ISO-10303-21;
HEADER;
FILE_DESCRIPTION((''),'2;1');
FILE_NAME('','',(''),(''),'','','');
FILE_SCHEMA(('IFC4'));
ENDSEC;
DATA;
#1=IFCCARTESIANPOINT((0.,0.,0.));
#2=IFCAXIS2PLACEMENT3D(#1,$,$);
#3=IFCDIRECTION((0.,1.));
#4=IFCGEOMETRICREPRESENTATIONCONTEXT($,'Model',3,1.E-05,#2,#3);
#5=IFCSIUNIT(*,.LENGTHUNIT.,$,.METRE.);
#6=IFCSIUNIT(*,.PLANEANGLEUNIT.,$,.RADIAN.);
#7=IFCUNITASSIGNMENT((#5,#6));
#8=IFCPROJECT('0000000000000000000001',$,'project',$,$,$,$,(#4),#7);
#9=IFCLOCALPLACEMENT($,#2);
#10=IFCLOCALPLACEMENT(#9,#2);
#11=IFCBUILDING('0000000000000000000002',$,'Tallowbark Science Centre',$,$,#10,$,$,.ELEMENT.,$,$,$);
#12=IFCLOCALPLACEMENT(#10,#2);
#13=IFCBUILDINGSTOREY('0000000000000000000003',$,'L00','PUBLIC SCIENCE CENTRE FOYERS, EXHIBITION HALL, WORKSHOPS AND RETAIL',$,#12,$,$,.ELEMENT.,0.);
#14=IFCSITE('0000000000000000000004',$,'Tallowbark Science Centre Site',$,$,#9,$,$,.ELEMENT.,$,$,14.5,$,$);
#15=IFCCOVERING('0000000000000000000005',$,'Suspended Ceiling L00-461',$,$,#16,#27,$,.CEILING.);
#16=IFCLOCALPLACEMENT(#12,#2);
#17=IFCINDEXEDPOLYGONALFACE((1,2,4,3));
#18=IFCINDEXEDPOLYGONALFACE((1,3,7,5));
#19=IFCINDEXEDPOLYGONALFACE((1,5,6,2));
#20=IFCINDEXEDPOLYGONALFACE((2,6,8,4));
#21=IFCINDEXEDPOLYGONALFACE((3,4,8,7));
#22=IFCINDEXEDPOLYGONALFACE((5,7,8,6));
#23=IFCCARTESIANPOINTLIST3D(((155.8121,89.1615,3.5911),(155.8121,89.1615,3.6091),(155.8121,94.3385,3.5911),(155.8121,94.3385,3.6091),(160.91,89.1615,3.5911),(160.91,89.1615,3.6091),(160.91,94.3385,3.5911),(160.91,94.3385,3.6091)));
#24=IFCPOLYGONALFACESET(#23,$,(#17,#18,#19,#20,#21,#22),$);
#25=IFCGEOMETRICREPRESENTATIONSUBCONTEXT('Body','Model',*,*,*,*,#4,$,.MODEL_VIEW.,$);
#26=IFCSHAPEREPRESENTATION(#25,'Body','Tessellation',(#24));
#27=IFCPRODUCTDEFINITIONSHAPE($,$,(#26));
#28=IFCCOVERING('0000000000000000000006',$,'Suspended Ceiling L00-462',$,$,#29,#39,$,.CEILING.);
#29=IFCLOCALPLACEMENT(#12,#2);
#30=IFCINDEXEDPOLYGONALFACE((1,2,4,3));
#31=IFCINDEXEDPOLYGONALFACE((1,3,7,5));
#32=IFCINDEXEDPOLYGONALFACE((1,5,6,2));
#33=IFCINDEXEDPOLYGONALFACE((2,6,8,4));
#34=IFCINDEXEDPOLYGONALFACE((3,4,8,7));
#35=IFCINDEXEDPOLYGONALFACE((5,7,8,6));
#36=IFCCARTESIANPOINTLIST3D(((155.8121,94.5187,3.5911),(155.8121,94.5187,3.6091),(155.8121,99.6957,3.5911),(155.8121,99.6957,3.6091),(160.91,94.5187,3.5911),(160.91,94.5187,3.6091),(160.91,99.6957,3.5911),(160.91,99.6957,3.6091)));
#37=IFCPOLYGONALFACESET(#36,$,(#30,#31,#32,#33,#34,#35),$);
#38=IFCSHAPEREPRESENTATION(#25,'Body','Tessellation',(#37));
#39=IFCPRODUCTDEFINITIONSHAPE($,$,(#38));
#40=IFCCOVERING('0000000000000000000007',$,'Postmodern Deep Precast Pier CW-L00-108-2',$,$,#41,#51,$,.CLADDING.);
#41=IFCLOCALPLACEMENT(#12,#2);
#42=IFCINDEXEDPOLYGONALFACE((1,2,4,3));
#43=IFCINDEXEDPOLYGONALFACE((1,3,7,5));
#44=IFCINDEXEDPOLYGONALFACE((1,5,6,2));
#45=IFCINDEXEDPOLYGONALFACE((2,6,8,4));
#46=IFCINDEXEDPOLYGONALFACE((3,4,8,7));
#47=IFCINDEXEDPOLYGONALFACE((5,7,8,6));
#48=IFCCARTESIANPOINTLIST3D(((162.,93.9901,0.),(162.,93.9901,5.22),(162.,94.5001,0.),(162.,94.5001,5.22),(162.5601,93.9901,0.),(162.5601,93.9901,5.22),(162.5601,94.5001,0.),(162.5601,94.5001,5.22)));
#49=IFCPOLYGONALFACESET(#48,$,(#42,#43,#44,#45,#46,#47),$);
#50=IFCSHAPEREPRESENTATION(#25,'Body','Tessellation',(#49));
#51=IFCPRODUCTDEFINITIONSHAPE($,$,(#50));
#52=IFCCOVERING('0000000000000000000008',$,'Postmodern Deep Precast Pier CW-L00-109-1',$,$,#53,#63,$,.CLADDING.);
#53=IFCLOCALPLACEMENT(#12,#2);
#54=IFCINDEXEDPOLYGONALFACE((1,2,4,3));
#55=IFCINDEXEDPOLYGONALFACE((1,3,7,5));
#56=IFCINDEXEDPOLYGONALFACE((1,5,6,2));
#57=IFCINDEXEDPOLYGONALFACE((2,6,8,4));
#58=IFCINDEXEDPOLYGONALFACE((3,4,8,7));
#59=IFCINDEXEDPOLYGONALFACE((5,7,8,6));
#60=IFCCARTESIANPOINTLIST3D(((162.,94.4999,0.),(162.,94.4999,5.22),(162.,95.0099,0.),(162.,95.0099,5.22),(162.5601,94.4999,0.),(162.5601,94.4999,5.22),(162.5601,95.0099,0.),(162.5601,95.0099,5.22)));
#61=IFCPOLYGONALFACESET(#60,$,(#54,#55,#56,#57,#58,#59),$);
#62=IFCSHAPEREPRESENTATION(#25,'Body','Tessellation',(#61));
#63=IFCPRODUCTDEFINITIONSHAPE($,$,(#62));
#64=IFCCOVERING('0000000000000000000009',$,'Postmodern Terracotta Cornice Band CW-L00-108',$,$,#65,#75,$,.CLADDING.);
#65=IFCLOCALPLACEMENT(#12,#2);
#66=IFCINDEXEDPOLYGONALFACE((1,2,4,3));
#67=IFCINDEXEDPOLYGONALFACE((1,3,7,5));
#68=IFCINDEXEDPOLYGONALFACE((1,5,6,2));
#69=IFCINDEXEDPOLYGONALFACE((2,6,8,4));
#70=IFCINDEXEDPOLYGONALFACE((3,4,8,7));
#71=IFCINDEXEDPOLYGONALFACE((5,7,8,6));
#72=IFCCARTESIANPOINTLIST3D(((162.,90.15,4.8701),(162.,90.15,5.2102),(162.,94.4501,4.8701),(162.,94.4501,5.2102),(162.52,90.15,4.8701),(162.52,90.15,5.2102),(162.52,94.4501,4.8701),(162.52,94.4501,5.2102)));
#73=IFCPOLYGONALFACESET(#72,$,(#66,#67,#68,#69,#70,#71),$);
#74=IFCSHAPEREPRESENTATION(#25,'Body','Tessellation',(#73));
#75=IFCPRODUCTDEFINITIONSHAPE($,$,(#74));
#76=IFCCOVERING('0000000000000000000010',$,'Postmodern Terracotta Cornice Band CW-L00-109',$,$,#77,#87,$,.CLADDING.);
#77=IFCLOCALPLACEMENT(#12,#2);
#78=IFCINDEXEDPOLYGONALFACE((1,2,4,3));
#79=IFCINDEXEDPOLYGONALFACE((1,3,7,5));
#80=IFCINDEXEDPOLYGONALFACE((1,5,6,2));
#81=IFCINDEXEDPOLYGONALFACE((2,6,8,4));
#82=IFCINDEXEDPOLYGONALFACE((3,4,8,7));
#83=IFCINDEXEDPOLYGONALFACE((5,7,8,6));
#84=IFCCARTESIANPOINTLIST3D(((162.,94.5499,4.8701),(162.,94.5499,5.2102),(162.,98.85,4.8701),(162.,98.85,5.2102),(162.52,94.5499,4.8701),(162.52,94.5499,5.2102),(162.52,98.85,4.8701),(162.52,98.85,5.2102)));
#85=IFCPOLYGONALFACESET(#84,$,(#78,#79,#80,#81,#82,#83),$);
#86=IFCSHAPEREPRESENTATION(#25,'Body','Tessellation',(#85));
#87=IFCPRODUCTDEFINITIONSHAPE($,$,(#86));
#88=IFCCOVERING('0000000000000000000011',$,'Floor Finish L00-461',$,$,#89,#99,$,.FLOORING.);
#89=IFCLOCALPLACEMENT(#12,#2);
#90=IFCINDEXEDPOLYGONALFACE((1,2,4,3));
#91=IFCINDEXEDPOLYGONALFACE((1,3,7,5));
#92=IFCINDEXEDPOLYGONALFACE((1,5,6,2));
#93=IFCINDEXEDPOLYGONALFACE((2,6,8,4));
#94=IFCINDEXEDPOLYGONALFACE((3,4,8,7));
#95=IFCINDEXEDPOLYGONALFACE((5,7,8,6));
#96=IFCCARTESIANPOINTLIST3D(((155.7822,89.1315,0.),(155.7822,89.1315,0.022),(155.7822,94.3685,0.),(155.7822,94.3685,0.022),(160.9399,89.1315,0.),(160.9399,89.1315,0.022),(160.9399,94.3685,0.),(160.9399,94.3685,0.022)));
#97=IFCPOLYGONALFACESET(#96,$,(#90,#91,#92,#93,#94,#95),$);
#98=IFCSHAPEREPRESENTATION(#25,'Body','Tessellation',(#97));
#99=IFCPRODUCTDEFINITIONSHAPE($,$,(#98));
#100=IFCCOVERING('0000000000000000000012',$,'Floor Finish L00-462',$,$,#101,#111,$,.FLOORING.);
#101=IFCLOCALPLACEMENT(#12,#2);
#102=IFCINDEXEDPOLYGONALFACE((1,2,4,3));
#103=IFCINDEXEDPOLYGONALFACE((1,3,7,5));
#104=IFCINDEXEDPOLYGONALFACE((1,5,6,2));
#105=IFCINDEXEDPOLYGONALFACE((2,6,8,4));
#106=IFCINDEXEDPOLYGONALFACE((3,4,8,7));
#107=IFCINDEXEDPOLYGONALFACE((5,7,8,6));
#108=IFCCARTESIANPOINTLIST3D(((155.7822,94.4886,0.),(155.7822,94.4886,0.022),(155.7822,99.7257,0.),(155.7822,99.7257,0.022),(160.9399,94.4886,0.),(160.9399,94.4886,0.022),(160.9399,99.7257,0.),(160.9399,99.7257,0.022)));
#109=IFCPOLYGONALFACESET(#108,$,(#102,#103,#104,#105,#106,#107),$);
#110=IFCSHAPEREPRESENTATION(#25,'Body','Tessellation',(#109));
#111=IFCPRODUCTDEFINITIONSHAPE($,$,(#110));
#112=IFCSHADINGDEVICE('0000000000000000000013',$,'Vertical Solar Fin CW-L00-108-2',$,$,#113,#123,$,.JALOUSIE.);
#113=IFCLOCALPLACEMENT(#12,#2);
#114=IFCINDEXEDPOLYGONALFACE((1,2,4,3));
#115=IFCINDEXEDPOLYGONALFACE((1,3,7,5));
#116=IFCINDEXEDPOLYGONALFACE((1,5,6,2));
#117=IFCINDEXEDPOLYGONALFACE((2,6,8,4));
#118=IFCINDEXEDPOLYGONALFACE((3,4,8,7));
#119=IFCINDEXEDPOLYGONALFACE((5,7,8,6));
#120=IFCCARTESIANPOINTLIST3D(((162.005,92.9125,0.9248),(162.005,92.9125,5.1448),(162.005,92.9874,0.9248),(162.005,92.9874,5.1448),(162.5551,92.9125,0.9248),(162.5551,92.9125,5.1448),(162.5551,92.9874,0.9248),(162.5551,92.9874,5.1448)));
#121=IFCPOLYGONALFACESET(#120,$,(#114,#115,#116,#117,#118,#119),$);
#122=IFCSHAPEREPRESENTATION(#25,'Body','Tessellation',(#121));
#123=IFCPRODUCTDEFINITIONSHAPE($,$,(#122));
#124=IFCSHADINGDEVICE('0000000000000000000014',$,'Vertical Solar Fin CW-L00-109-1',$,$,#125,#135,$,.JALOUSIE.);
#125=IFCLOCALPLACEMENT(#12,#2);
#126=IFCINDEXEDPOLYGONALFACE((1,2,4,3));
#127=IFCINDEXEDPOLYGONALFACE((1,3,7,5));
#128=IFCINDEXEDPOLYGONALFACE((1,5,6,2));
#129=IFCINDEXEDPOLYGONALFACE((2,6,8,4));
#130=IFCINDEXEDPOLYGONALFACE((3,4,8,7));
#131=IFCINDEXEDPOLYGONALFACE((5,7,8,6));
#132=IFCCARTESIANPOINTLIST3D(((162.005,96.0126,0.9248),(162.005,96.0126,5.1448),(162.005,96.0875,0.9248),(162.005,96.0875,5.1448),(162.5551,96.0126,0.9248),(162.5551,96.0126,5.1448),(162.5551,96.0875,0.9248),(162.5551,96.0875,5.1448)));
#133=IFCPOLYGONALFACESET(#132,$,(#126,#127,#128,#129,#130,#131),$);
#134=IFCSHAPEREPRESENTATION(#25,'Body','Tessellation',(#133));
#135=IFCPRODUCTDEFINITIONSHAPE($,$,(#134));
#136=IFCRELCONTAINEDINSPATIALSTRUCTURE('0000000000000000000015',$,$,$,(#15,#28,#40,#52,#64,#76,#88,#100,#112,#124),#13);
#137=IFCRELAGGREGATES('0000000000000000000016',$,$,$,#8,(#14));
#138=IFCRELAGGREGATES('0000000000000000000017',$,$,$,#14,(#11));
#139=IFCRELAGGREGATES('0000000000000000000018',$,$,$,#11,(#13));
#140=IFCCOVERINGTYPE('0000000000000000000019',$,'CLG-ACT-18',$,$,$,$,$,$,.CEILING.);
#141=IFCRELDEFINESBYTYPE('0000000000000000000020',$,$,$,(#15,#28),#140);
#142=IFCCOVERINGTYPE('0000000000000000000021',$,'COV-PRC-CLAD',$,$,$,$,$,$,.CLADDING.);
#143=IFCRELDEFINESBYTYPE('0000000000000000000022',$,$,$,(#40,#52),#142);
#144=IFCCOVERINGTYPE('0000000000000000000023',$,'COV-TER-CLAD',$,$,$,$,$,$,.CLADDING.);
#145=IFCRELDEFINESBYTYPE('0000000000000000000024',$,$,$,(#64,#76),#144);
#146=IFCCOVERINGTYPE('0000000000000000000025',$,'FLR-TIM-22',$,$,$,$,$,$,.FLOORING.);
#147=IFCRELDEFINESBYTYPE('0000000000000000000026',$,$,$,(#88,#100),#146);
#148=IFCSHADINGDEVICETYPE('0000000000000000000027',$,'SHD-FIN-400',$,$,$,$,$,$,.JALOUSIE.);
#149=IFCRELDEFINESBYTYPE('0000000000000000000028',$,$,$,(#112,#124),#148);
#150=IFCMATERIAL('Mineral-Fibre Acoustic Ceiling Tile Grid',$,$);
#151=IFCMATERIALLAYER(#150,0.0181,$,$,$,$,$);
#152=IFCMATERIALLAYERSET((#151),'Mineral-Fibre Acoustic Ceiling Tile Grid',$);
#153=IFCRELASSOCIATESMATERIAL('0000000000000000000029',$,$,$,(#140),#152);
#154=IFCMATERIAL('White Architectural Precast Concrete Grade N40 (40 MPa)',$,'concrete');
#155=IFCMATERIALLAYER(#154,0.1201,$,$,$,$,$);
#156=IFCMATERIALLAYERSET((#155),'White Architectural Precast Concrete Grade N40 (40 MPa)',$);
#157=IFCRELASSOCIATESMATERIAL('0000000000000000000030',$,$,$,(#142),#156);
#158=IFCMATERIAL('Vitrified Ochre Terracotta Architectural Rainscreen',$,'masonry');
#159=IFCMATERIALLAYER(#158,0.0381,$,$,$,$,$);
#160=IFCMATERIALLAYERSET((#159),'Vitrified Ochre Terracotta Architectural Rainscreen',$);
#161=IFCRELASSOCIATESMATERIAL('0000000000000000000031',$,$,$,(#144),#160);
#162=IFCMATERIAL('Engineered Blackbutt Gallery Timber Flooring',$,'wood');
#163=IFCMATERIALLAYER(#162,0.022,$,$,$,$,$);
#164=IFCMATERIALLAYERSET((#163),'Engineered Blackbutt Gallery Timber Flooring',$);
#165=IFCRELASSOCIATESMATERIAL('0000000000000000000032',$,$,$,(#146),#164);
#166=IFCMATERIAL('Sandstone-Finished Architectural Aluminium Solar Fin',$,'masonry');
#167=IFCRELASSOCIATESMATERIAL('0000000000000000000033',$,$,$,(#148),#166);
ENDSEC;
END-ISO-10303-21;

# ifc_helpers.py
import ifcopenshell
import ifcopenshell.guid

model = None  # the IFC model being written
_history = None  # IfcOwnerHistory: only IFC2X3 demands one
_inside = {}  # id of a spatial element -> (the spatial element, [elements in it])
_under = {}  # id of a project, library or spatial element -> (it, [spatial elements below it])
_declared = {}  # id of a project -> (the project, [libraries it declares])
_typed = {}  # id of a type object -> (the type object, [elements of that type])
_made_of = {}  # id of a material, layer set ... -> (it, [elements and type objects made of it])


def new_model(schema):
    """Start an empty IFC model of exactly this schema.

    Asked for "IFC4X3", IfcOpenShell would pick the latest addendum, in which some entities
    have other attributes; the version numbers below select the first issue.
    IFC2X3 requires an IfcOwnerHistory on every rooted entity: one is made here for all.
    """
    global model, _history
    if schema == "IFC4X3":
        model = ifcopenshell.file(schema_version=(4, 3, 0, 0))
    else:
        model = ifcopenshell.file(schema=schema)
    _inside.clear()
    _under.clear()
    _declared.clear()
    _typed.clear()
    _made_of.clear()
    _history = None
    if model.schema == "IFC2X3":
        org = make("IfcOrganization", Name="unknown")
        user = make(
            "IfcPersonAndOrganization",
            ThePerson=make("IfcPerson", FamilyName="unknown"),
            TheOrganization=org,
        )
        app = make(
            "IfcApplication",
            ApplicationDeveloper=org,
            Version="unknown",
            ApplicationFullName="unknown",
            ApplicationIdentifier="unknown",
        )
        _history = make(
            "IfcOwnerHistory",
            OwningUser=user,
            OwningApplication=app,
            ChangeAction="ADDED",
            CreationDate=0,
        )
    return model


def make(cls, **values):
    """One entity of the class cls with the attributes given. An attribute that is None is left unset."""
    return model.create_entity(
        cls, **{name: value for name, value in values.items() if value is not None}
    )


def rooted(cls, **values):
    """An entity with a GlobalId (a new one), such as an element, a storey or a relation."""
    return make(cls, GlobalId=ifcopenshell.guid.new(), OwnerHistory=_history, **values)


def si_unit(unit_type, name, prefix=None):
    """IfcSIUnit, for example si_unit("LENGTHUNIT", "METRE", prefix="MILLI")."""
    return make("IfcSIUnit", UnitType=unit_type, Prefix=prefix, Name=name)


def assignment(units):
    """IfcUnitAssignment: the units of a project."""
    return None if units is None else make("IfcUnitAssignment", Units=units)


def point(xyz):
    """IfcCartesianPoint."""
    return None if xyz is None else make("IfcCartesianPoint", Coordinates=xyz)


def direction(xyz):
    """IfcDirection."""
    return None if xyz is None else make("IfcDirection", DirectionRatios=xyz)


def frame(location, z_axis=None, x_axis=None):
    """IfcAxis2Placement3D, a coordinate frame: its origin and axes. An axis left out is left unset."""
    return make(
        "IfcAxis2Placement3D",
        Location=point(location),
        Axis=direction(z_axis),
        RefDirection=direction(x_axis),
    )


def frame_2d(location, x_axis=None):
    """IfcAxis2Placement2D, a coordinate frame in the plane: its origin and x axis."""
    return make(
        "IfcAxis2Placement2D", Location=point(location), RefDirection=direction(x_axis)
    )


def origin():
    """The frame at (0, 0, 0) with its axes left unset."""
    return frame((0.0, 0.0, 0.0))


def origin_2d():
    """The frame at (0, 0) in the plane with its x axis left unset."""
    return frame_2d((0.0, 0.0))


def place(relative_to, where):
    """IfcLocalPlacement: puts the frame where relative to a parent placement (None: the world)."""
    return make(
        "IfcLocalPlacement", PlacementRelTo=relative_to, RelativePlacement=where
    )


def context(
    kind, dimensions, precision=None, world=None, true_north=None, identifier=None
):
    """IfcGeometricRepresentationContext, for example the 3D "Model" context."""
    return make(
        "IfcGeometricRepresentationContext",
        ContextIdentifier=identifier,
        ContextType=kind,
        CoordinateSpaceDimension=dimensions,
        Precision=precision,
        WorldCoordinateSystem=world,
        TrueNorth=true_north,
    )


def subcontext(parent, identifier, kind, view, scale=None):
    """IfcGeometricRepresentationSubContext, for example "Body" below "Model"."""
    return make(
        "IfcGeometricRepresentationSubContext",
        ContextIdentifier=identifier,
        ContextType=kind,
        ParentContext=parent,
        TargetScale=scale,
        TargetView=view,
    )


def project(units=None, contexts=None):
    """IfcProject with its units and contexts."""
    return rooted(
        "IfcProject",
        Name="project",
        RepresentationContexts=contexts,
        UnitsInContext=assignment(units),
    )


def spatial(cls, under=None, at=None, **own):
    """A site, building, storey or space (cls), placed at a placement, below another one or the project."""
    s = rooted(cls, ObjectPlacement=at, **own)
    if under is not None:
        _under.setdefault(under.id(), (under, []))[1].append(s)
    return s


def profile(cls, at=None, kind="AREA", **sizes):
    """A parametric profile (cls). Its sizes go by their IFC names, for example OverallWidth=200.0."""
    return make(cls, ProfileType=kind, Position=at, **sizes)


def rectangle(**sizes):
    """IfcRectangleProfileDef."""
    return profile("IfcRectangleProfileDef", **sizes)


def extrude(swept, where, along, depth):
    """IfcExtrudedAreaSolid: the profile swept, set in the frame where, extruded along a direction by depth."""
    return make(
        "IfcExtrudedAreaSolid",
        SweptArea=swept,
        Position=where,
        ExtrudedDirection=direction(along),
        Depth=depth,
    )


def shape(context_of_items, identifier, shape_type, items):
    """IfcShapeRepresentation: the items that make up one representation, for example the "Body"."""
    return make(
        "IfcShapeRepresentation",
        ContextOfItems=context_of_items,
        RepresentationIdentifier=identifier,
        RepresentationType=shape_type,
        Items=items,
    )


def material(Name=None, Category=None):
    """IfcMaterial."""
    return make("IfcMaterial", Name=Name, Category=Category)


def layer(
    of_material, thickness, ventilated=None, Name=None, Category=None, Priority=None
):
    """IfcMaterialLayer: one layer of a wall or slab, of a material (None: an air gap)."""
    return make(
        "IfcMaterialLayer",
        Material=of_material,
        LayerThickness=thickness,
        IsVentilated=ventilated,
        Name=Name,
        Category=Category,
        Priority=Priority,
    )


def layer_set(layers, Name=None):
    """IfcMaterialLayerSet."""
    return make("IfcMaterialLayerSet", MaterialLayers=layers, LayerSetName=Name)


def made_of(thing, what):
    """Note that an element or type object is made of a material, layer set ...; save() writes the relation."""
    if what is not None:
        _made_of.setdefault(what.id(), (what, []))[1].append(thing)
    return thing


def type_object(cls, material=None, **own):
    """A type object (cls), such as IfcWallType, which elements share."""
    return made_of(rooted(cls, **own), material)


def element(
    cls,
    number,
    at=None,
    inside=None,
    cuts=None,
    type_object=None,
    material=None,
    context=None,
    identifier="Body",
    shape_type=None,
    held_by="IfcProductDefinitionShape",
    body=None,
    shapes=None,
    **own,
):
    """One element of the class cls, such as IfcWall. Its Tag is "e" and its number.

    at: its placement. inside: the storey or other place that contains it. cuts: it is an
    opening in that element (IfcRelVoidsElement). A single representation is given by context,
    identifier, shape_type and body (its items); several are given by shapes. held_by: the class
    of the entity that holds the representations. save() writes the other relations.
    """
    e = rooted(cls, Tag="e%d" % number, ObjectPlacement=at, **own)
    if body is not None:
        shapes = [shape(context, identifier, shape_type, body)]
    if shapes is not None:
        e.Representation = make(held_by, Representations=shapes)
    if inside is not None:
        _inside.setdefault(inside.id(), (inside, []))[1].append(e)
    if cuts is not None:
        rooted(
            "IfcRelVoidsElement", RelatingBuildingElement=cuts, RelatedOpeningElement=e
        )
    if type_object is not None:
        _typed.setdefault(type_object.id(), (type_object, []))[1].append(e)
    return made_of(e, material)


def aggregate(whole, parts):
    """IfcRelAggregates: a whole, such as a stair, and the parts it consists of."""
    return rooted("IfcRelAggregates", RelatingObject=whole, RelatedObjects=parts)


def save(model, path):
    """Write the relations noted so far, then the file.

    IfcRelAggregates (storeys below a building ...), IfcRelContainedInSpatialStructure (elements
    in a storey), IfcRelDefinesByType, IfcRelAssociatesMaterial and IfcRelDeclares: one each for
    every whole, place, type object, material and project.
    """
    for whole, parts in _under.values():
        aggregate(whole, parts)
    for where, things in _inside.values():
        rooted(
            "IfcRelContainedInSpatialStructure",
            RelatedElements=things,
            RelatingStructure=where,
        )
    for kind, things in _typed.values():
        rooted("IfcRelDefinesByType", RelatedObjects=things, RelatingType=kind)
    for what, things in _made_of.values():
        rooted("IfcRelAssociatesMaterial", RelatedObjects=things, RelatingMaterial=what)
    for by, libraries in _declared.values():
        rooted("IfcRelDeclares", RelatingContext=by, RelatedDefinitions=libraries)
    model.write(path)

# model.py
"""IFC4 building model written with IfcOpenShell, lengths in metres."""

from ifc_helpers import new_model, si_unit, direction, frame, origin, origin_2d, place, context, subcontext, project, spatial, rectangle, extrude, material, layer, layer_set, type_object, element, save


model = new_model("IFC4")

# Units and contexts
model_context = context("Model", 3, precision=1e-05, world=origin(), true_north=direction((0.0, 1.0)))
body_context = subcontext(model_context, "Body", "Model", "MODEL_VIEW")
ifc_project = project(units=[si_unit("LENGTHUNIT", "METRE"), si_unit("PLANEANGLEUNIT", "RADIAN")], contexts=[model_context])

# Site, building, storey
site_placement = place(None, origin())
site = spatial("IfcSite", under=ifc_project, at=site_placement, Name="Tallowbark Science Centre Site", CompositionType="ELEMENT", RefElevation=14.5)
building_placement = place(site_placement, origin())
building = spatial("IfcBuilding", under=site, at=building_placement, Name="Tallowbark Science Centre", CompositionType="ELEMENT")
storey_placement = place(building_placement, origin())
storey = spatial("IfcBuildingStorey", under=building, at=storey_placement, Name="L00", Description="PUBLIC SCIENCE CENTRE FOYERS, EXHIBITION HALL, WORKSHOPS AND RETAIL", CompositionType="ELEMENT", Elevation=0.0)

# Coverings
ifc_material_1 = material(Name="Mineral-Fibre Acoustic Ceiling Tile Grid")
ifc_layer_1 = layer(ifc_material_1, 0.0181)
ifc_layer_set_1 = layer_set([ifc_layer_1], Name="Mineral-Fibre Acoustic Ceiling Tile Grid")
covering_type_1 = type_object("IfcCoveringType", Name="CLG-ACT-18", PredefinedType="CEILING", material=ifc_layer_set_1)
for number, where, z_axis, x_axis, name in (
    (1, (158.3611, 91.75, 3.5911), (0.0, 0.0, 1.0), (1.0, 0.0, 0.0), "Suspended Ceiling L00-461"),
    (2, (158.3611, 97.1072, 3.5911), (0.0, 0.0, 1.0), (1.0, 0.0, 0.0), "Suspended Ceiling L00-462"),
):
    element("IfcCovering", number, at=place(storey_placement, frame(where, z_axis=z_axis, x_axis=x_axis)), inside=storey, type_object=covering_type_1, Name=name, PredefinedType="CEILING", context=body_context, shape_type="SweptSolid", body=[
        extrude(rectangle(XDim=5.0979, YDim=5.177, at=origin_2d()), origin(), (0.0, 0.0, 1.0), 0.0181),
    ])
ifc_material_2 = material(Name="White Architectural Precast Concrete Grade N40 (40 MPa)", Category="concrete")
ifc_layer_2 = layer(ifc_material_2, 0.1201)
ifc_layer_set_2 = layer_set([ifc_layer_2], Name="White Architectural Precast Concrete Grade N40 (40 MPa)")
covering_type_2 = type_object("IfcCoveringType", Name="COV-PRC-CLAD", PredefinedType="CLADDING", material=ifc_layer_set_2)
for number, where, z_axis, x_axis, name in (
    (3, (162.28, 94.2451, 0.0), (0.0, 0.0, 1.0), (0.0, 1.0, 0.0), "Postmodern Deep Precast Pier CW-L00-108-2"),
    (4, (162.28, 94.7549, 0.0), (0.0, 0.0, 1.0), (0.0, 1.0, 0.0), "Postmodern Deep Precast Pier CW-L00-109-1"),
):
    element("IfcCovering", number, at=place(storey_placement, frame(where, z_axis=z_axis, x_axis=x_axis)), inside=storey, type_object=covering_type_2, Name=name, PredefinedType="CLADDING", context=body_context, shape_type="SweptSolid", body=[
        extrude(rectangle(XDim=0.51, YDim=0.5601, at=origin_2d()), origin(), (0.0, 0.0, 1.0), 5.22),
    ])
ifc_material_3 = material(Name="Vitrified Ochre Terracotta Architectural Rainscreen", Category="masonry")
ifc_layer_3 = layer(ifc_material_3, 0.0381)
ifc_layer_set_3 = layer_set([ifc_layer_3], Name="Vitrified Ochre Terracotta Architectural Rainscreen")
covering_type_3 = type_object("IfcCoveringType", Name="COV-TER-CLAD", PredefinedType="CLADDING", material=ifc_layer_set_3)
for number, where, z_axis, x_axis, name in (
    (5, (162.26, 92.3, 4.8701), (0.0, 0.0, 1.0), (0.0, 1.0, 0.0), "Postmodern Terracotta Cornice Band CW-L00-108"),
    (6, (162.26, 96.7, 4.8701), (0.0, 0.0, 1.0), (0.0, 1.0, 0.0), "Postmodern Terracotta Cornice Band CW-L00-109"),
):
    element("IfcCovering", number, at=place(storey_placement, frame(where, z_axis=z_axis, x_axis=x_axis)), inside=storey, type_object=covering_type_3, Name=name, PredefinedType="CLADDING", context=body_context, shape_type="SweptSolid", body=[
        extrude(rectangle(XDim=4.3, YDim=0.52, at=origin_2d()), origin(), (0.0, 0.0, 1.0), 0.3401),
    ])
ifc_material_4 = material(Name="Engineered Blackbutt Gallery Timber Flooring", Category="wood")
ifc_layer_4 = layer(ifc_material_4, 0.022)
ifc_layer_set_4 = layer_set([ifc_layer_4], Name="Engineered Blackbutt Gallery Timber Flooring")
covering_type_4 = type_object("IfcCoveringType", Name="FLR-TIM-22", PredefinedType="FLOORING", material=ifc_layer_set_4)
for number, where, z_axis, x_axis, name in (
    (7, (158.3611, 91.75, 0.0), (0.0, 0.0, 1.0), (1.0, 0.0, 0.0), "Floor Finish L00-461"),
    (8, (158.3611, 97.1072, 0.0), (0.0, 0.0, 1.0), (1.0, 0.0, 0.0), "Floor Finish L00-462"),
):
    element("IfcCovering", number, at=place(storey_placement, frame(where, z_axis=z_axis, x_axis=x_axis)), inside=storey, type_object=covering_type_4, Name=name, PredefinedType="FLOORING", context=body_context, shape_type="SweptSolid", body=[
        extrude(rectangle(XDim=5.1577, YDim=5.2371, at=origin_2d()), origin(), (0.0, 0.0, 1.0), 0.022),
    ])

# Shading devices
ifc_material_5 = material(Name="Sandstone-Finished Architectural Aluminium Solar Fin", Category="masonry")
shading_device_type = type_object("IfcShadingDeviceType", Name="SHD-FIN-400", PredefinedType="JALOUSIE", material=ifc_material_5)
for number, where, z_axis, x_axis, name in (
    (9, (162.28, 92.95, 0.9248), (0.0, 0.0, 1.0), (0.0, 1.0, 0.0), "Vertical Solar Fin CW-L00-108-2"),
    (10, (162.28, 96.05, 0.9248), (0.0, 0.0, 1.0), (0.0, 1.0, 0.0), "Vertical Solar Fin CW-L00-109-1"),
):
    element("IfcShadingDevice", number, at=place(storey_placement, frame(where, z_axis=z_axis, x_axis=x_axis)), inside=storey, type_object=shading_device_type, Name=name, PredefinedType="JALOUSIE", context=body_context, shape_type="SweptSolid", body=[
        extrude(rectangle(XDim=0.075, YDim=0.55, at=origin_2d()), origin(), (0.0, 0.0, 1.0), 4.22),
    ])

save(model, "model.ifc")
